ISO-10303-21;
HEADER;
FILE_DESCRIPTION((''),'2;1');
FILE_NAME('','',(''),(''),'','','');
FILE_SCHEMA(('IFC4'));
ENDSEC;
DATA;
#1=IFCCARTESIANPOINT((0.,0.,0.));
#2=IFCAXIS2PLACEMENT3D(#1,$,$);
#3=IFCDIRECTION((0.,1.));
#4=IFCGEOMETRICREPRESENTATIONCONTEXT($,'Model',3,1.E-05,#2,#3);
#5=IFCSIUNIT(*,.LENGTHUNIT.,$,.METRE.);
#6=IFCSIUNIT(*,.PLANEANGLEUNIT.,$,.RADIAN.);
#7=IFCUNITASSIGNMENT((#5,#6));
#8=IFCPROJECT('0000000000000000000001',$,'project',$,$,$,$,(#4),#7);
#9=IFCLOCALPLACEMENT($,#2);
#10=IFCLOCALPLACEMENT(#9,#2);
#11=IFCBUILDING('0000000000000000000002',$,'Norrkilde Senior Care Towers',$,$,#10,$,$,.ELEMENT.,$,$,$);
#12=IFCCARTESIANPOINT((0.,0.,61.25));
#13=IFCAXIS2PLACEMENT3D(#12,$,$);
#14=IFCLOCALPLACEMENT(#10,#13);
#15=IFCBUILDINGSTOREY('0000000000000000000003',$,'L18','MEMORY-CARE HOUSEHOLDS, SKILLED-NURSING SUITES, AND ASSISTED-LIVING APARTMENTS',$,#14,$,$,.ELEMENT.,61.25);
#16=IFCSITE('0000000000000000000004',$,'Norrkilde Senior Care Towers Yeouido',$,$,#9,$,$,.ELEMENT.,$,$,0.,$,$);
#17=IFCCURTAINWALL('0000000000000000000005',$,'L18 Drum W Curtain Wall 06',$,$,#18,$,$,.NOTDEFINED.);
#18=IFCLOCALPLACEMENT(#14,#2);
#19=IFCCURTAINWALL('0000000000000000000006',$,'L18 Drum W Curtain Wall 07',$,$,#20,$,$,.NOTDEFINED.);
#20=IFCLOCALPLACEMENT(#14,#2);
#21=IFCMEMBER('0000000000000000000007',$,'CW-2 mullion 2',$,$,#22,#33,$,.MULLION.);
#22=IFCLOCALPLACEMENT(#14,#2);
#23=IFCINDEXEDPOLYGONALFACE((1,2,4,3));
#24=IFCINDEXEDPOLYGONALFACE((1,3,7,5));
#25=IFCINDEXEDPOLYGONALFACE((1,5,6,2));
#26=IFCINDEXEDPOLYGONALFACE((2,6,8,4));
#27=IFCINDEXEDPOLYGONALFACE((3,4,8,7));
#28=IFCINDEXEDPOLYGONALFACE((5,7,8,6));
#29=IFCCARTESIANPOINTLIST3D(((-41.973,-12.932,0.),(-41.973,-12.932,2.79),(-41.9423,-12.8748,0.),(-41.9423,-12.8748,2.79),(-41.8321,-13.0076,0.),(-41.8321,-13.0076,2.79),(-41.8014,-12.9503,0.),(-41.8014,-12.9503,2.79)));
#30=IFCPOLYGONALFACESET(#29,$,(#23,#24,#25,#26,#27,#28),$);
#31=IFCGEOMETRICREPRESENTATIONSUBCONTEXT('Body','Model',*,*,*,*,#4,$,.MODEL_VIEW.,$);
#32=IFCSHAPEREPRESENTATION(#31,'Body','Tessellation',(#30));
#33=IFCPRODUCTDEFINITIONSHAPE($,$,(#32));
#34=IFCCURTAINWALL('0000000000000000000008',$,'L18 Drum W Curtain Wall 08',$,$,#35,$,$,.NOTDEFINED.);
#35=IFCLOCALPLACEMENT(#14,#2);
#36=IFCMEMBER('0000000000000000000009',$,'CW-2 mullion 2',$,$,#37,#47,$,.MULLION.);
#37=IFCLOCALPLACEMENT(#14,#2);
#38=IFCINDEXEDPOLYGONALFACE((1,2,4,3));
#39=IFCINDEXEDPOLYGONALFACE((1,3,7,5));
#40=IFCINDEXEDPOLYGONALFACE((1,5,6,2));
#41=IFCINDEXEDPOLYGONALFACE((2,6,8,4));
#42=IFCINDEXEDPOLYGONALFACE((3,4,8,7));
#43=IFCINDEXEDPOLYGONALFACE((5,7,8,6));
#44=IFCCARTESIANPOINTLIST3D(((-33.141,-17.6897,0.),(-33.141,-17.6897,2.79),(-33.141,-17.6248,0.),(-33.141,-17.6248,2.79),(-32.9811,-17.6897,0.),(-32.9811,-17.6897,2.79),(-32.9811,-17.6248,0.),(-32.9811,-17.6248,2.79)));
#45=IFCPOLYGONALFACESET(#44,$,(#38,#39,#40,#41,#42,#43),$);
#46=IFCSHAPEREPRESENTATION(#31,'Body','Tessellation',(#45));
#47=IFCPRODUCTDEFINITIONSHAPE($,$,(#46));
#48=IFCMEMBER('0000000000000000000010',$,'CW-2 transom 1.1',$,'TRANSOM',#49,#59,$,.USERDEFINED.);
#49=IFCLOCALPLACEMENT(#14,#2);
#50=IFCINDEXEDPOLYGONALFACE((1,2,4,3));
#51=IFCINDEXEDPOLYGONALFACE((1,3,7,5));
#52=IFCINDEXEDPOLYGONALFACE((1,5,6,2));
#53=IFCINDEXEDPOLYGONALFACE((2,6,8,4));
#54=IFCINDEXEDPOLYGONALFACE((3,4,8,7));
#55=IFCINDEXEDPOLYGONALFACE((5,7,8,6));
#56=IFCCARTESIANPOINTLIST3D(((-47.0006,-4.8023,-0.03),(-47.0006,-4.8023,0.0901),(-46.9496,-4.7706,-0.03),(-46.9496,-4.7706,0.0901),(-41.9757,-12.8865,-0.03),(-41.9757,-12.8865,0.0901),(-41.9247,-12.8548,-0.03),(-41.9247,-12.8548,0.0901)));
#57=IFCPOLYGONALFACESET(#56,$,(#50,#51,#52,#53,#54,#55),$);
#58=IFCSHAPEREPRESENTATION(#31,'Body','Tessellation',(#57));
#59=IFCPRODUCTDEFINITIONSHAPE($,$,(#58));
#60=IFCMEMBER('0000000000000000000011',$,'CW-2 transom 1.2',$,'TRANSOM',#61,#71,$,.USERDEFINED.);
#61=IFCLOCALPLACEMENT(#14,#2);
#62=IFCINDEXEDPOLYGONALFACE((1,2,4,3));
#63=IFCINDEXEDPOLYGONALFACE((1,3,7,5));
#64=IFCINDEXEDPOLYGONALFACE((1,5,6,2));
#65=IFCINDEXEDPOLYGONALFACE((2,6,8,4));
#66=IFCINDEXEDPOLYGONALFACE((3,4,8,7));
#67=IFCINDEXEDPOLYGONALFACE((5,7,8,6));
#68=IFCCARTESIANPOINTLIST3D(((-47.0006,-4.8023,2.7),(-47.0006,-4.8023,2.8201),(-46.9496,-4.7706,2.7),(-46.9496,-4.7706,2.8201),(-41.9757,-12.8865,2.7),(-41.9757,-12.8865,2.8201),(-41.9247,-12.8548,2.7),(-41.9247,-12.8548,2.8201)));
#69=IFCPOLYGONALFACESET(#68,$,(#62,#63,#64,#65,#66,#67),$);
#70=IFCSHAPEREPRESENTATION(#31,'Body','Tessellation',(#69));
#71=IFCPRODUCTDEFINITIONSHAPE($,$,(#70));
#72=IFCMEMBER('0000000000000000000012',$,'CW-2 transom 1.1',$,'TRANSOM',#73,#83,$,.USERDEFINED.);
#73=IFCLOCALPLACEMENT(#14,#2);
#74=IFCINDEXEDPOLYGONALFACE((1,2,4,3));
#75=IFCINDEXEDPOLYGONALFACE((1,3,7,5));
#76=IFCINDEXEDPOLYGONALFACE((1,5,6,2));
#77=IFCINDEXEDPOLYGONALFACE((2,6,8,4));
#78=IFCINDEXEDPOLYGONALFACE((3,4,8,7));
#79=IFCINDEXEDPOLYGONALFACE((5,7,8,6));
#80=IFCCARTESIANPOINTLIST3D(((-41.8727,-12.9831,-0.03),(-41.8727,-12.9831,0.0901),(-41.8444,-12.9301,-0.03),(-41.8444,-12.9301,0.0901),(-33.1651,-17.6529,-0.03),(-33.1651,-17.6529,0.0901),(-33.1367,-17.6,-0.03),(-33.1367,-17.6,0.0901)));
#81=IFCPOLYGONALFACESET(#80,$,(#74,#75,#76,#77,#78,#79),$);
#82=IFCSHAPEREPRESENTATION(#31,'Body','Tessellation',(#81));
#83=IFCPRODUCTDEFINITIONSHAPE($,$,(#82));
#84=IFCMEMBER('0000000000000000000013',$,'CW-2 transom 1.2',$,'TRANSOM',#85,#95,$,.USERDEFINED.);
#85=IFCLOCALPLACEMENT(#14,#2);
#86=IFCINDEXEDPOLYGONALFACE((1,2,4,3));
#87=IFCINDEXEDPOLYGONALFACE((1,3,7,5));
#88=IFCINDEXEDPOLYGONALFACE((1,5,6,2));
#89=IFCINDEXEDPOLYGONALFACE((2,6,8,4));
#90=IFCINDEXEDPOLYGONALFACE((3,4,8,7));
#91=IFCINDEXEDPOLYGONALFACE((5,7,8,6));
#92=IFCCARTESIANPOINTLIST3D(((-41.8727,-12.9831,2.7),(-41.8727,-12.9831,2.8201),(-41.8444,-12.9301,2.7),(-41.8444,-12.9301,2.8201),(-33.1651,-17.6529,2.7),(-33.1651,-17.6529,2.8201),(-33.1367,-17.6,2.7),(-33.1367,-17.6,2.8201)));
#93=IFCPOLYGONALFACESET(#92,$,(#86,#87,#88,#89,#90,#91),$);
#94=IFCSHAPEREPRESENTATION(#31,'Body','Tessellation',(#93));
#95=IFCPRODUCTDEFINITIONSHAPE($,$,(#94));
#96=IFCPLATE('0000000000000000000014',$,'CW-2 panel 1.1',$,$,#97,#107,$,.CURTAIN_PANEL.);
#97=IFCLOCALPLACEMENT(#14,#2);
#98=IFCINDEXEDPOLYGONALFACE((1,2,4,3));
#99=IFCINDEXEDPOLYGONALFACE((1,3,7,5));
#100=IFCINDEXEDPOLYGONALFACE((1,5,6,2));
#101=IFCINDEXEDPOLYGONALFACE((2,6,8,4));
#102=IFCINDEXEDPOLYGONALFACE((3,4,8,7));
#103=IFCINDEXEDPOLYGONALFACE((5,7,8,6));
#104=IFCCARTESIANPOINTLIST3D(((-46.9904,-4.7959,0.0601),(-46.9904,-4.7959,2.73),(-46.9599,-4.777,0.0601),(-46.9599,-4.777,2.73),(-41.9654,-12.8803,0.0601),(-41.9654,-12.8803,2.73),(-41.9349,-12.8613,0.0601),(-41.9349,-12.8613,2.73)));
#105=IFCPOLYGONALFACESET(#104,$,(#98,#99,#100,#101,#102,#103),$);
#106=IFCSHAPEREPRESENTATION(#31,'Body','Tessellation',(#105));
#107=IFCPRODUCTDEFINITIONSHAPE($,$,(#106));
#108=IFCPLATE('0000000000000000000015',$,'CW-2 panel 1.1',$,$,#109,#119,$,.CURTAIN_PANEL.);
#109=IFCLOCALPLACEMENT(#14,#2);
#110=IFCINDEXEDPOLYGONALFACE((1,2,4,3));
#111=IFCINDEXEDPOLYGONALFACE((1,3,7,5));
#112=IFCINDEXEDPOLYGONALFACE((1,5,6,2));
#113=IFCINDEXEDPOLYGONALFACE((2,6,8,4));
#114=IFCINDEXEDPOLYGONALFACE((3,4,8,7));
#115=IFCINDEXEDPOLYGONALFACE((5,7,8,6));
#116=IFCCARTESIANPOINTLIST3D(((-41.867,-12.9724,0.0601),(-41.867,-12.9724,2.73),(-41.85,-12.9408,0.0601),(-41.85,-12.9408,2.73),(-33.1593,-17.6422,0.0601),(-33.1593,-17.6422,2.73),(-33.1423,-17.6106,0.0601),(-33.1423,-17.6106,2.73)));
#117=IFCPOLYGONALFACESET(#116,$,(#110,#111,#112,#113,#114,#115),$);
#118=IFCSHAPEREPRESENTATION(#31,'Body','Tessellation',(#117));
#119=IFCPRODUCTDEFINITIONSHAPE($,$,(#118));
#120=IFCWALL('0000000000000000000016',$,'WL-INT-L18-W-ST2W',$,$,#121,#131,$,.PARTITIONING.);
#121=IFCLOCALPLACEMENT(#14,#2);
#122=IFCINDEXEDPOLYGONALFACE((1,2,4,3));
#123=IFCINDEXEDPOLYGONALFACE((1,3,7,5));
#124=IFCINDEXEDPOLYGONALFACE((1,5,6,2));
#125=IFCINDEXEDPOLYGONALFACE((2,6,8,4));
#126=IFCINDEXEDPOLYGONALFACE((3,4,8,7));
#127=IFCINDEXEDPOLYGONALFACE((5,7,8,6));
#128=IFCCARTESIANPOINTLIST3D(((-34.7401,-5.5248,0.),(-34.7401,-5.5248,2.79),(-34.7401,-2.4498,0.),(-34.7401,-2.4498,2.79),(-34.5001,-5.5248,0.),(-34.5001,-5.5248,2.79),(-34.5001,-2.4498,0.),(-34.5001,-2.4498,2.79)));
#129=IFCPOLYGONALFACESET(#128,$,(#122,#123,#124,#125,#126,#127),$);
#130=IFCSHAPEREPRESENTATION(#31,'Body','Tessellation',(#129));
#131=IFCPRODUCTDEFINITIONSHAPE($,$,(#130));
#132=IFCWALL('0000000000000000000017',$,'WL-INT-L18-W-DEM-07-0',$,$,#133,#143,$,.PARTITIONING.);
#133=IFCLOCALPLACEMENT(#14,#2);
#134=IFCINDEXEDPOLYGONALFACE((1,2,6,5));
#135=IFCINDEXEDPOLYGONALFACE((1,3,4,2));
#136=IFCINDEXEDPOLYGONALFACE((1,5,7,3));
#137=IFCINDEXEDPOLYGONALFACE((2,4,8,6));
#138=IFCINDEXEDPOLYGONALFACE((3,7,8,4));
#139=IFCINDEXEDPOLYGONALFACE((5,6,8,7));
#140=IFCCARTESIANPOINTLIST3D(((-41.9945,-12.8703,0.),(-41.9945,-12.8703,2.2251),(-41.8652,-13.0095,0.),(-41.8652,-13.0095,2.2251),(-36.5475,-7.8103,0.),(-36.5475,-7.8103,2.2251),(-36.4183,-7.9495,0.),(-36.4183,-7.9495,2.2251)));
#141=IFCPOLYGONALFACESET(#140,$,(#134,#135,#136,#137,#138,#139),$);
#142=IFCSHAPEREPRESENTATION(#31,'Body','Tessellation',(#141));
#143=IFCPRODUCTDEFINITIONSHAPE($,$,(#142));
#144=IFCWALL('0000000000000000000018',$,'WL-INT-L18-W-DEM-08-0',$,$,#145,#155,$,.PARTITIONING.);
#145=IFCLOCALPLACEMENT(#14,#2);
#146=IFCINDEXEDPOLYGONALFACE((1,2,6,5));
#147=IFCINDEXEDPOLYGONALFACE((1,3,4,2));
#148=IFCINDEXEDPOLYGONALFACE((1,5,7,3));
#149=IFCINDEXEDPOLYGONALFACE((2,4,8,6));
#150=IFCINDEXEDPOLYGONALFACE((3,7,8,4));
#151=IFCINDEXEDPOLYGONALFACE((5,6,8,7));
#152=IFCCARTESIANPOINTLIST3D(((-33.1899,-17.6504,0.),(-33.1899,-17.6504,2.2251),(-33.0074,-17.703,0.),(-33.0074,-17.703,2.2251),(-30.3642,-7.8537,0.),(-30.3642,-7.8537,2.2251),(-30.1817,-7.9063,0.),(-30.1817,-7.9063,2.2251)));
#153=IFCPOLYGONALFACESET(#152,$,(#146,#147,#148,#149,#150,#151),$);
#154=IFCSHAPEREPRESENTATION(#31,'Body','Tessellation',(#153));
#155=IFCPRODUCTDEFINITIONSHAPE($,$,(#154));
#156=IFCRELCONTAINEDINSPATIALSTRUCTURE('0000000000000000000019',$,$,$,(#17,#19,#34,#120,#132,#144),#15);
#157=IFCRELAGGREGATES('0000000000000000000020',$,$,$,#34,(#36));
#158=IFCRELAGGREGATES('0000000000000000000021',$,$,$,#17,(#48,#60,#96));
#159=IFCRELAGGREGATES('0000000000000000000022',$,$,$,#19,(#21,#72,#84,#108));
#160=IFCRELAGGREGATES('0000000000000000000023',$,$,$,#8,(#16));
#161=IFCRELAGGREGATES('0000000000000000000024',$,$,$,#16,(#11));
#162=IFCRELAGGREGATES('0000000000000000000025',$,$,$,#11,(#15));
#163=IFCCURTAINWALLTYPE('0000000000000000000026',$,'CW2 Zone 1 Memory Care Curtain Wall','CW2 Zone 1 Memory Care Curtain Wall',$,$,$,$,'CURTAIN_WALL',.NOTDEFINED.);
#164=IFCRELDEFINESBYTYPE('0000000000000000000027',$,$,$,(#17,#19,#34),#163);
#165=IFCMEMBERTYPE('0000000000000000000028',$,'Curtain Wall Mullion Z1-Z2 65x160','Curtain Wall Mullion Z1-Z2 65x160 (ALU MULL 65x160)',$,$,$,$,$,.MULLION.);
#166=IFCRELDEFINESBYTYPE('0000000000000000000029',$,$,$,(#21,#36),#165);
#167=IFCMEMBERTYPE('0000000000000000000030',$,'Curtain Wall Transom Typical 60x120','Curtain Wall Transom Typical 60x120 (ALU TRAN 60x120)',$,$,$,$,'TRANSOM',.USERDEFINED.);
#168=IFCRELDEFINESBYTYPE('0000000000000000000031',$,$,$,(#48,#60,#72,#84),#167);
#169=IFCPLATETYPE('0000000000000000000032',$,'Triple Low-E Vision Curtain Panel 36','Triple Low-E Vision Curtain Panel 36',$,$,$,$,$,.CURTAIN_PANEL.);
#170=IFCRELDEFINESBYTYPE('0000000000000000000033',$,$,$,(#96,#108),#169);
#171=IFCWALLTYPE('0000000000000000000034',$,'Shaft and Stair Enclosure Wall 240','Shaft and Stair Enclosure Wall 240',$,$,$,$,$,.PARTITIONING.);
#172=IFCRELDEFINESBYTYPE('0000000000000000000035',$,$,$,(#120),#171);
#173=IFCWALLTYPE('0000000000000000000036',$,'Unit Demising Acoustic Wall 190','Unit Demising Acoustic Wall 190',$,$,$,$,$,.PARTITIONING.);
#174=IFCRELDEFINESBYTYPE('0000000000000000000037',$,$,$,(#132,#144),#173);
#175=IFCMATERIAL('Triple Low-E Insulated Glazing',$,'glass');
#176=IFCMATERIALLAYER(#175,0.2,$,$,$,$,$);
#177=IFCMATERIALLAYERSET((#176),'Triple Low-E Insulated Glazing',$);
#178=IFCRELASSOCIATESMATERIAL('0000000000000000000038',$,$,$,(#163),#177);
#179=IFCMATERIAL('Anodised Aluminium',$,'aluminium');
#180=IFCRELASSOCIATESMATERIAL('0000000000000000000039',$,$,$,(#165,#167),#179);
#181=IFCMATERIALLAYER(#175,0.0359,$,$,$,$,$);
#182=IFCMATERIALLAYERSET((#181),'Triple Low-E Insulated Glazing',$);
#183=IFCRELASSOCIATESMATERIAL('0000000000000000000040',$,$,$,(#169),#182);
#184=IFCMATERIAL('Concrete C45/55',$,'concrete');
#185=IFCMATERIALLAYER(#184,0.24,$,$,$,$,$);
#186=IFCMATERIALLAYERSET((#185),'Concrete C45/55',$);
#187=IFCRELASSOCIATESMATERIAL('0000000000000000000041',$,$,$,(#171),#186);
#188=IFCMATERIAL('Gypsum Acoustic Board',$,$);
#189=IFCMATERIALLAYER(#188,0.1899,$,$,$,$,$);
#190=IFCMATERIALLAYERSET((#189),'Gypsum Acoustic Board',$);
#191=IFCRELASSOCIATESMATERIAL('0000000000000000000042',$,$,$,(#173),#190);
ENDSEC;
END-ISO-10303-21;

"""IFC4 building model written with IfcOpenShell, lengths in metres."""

from ifc_helpers import new_model, si_unit, direction, frame, frame_2d, origin, origin_2d, place, context, subcontext, project, spatial, rectangle, extrude, source, transform, mapped, material, layer, layer_set, material_profile, profile_set, type_object, type_shapes, element, aggregate, save


model = new_model("IFC4")

# Units and contexts
model_context = context("Model", 3, precision=1e-05, world=origin(), true_north=direction((0.0, 1.0)))
body_context = subcontext(model_context, "Body", "Model", "MODEL_VIEW")
ifc_project = project(units=[si_unit("LENGTHUNIT", "METRE"), si_unit("PLANEANGLEUNIT", "RADIAN")], contexts=[model_context])

# Site, building, storey
site_placement = place(None, origin())
site = spatial("IfcSite", under=ifc_project, at=site_placement, Name="Norrkilde Senior Care Towers Yeouido", CompositionType="ELEMENT", RefElevation=0.0)
building_placement = place(site_placement, origin())
building = spatial("IfcBuilding", under=site, at=building_placement, Name="Norrkilde Senior Care Towers", CompositionType="ELEMENT")
storey_placement = place(building_placement, frame((0.0, 0.0, 61.25)))
storey = spatial("IfcBuildingStorey", under=building, at=storey_placement, Name="L18", Description="MEMORY-CARE HOUSEHOLDS, SKILLED-NURSING SUITES, AND ASSISTED-LIVING APARTMENTS", CompositionType="ELEMENT", Elevation=61.25)

# Curtain wall
ifc_material_1 = material(Name="Triple Low-E Insulated Glazing", Category="glass")
ifc_layer_1 = layer(ifc_material_1, 0.2)
ifc_layer_set_1 = layer_set([ifc_layer_1], Name="Triple Low-E Insulated Glazing")
curtain_wall_type = type_object("IfcCurtainWallType", Name="CW2 Zone 1 Memory Care Curtain Wall", Description="CW2 Zone 1 Memory Care Curtain Wall", ElementType="CURTAIN_WALL", PredefinedType="NOTDEFINED", material=ifc_layer_set_1)
curtain_wall_1_placement = place(storey_placement, origin())
curtain_wall_1 = element("IfcCurtainWall", 1, at=curtain_wall_1_placement, inside=storey, type_object=curtain_wall_type, Name="L18 Drum W Curtain Wall 06", PredefinedType="NOTDEFINED")
ifc_material_2 = material(Name="Anodised Aluminium", Category="aluminium")
ifc_material_profile_1 = material_profile(ifc_material_2, rectangle(XDim=0.0649, YDim=0.1599, at=origin_2d()), Name="ALU MULL 65x160")
ifc_profile_set_1 = profile_set([ifc_material_profile_1], Name="Anodised Aluminium")
member_type_1 = type_object("IfcMemberType", Name="Curtain Wall Mullion Z1-Z2 65x160", Description="Curtain Wall Mullion Z1-Z2 65x160 (ALU MULL 65x160)", PredefinedType="MULLION", material=ifc_profile_set_1)
shared_shape_1 = source(origin(), body_context, "Body", "SweptSolid", [
    extrude(rectangle(XDim=0.0649, YDim=0.1599, at=origin_2d()), origin(), (0.0, 0.0, 1.0), 2.79),
])
type_shapes(member_type_1, [shared_shape_1])

# Curtain wall, member
curtain_wall_2_placement = place(storey_placement, origin())
curtain_wall_2 = element("IfcCurtainWall", 2, at=curtain_wall_2_placement, inside=storey, type_object=curtain_wall_type, Name="L18 Drum W Curtain Wall 07", PredefinedType="NOTDEFINED")
member_1_placement = place(storey_placement, frame((-41.8872, -12.9412, 0.0), z_axis=(0.0, 0.0, 1.0), x_axis=(-0.472608, -0.881273, 0.0)))
member_1 = element("IfcMember", 3, at=member_1_placement, type_object=member_type_1, Name="CW-2 mullion 2", PredefinedType="MULLION", context=body_context, shape_type="MappedRepresentation", body=[
    mapped(shared_shape_1, transform((0.0, 0.0, 0.0), x_axis=(1.0, 0.0, 0.0), y_axis=(0.0, 1.0, 0.0), z_axis=(0.0, 0.0, 1.0), scale=1.0)),
])

# Curtain wall, member
curtain_wall_3_placement = place(storey_placement, origin())
curtain_wall_3 = element("IfcCurtainWall", 4, at=curtain_wall_3_placement, inside=storey, type_object=curtain_wall_type, Name="L18 Drum W Curtain Wall 08", PredefinedType="NOTDEFINED")
member_2_placement = place(storey_placement, frame((-33.061, -17.6572, 0.0), z_axis=(0.0, 0.0, 1.0), x_axis=(0.0, -1.0, 0.0)))
member_2 = element("IfcMember", 5, at=member_2_placement, type_object=member_type_1, Name="CW-2 mullion 2", PredefinedType="MULLION", context=body_context, shape_type="MappedRepresentation", body=[
    mapped(shared_shape_1, transform((0.0, 0.0, 0.0), x_axis=(1.0, 0.0, 0.0), y_axis=(0.0, 1.0, 0.0), z_axis=(0.0, 0.0, 1.0), scale=1.0)),
])
aggregate(curtain_wall_3, [member_2])

# Members
ifc_material_profile_2 = material_profile(ifc_material_2, rectangle(XDim=0.0601, YDim=0.1201, at=origin_2d()), Name="ALU TRAN 60x120")
ifc_profile_set_2 = profile_set([ifc_material_profile_2], Name="Anodised Aluminium")
member_type_2 = type_object("IfcMemberType", Name="Curtain Wall Transom Typical 60x120", Description="Curtain Wall Transom Typical 60x120 (ALU TRAN 60x120)", ElementType="TRANSOM", PredefinedType="USERDEFINED", material=ifc_profile_set_2)
shared_shape_2 = source(origin(), body_context, "Body", "SweptSolid", [
    extrude(rectangle(XDim=0.0601, YDim=0.1201, at=origin_2d()), origin(), (0.0, 0.0, 1.0), 9.5186),
])
member_3_placement = place(storey_placement, frame((-41.9502, -12.8706, 0.03), z_axis=(-0.527902, 0.849306, 0.0), x_axis=(-0.849306, -0.527902, 0.0)))
member_3 = element("IfcMember", 6, at=member_3_placement, type_object=member_type_2, Name="CW-2 transom 1.1", ObjectType="TRANSOM", PredefinedType="USERDEFINED", context=body_context, shape_type="MappedRepresentation", body=[
    mapped(shared_shape_2, transform((0.0, 0.0, 0.0), x_axis=(1.0, 0.0, 0.0), y_axis=(0.0, 1.0, 0.0), z_axis=(0.0, 0.0, 1.0), scale=1.0)),
])
member_4_placement = place(storey_placement, frame((-41.9502, -12.8706, 2.76), z_axis=(-0.527902, 0.849306, 0.0), x_axis=(-0.849306, -0.527902, 0.0)))
member_4 = element("IfcMember", 7, at=member_4_placement, type_object=member_type_2, Name="CW-2 transom 1.2", ObjectType="TRANSOM", PredefinedType="USERDEFINED", context=body_context, shape_type="MappedRepresentation", body=[
    mapped(shared_shape_2, transform((0.0, 0.0, 0.0), x_axis=(1.0, 0.0, 0.0), y_axis=(0.0, 1.0, 0.0), z_axis=(0.0, 0.0, 1.0), scale=1.0)),
])
shared_shape_3 = source(origin(), body_context, "Body", "SweptSolid", [
    extrude(rectangle(XDim=0.0601, YDim=0.1201, at=origin_2d()), origin(), (0.0, 0.0, 1.0), 9.8809),
])
type_shapes(member_type_2, [shared_shape_2, shared_shape_3])
member_5_placement = place(storey_placement, frame((-33.1509, -17.6265, 0.03), z_axis=(-0.881267, 0.472618, 0.0), x_axis=(-0.472618, -0.881267, 0.0)))
member_5 = element("IfcMember", 8, at=member_5_placement, type_object=member_type_2, Name="CW-2 transom 1.1", ObjectType="TRANSOM", PredefinedType="USERDEFINED", context=body_context, shape_type="MappedRepresentation", body=[
    mapped(shared_shape_3, transform((0.0, 0.0, 0.0), x_axis=(1.0, 0.0, 0.0), y_axis=(0.0, 1.0, 0.0), z_axis=(0.0, 0.0, 1.0), scale=1.0)),
])
member_6_placement = place(storey_placement, frame((-33.1509, -17.6265, 2.76), z_axis=(-0.881267, 0.472618, 0.0), x_axis=(-0.472618, -0.881267, 0.0)))
member_6 = element("IfcMember", 9, at=member_6_placement, type_object=member_type_2, Name="CW-2 transom 1.2", ObjectType="TRANSOM", PredefinedType="USERDEFINED", context=body_context, shape_type="MappedRepresentation", body=[
    mapped(shared_shape_3, transform((0.0, 0.0, 0.0), x_axis=(1.0, 0.0, 0.0), y_axis=(0.0, 1.0, 0.0), z_axis=(0.0, 0.0, 1.0), scale=1.0)),
])

# Plates
ifc_layer_2 = layer(ifc_material_1, 0.0359)
ifc_layer_set_2 = layer_set([ifc_layer_2], Name="Triple Low-E Insulated Glazing")
plate_type = type_object("IfcPlateType", Name="Triple Low-E Vision Curtain Panel 36", Description="Triple Low-E Vision Curtain Panel 36", PredefinedType="CURTAIN_PANEL", material=ifc_layer_set_2)
shared_shape_4 = source(origin(), body_context, "Body", "SweptSolid", [
    extrude(rectangle(XDim=9.5188, YDim=0.0359, at=origin_2d()), origin(), (0.0, 0.0, 1.0), 2.6699),
])
plate_1_placement = place(storey_placement, frame((-44.4626, -8.8286, 0.0601), z_axis=(0.0, 0.0, 1.0), x_axis=(-0.527901, 0.849306, 0.0)))
plate_1 = element("IfcPlate", 10, at=plate_1_placement, type_object=plate_type, Name="CW-2 panel 1.1", PredefinedType="CURTAIN_PANEL", context=body_context, shape_type="MappedRepresentation", body=[
    mapped(shared_shape_4, transform((0.0, 0.0, 0.0), x_axis=(1.0, 0.0, 0.0), y_axis=(0.0, 1.0, 0.0), z_axis=(0.0, 0.0, 1.0), scale=1.0)),
])
aggregate(curtain_wall_1, [member_3, member_4, plate_1])
shared_shape_5 = source(origin(), body_context, "Body", "SweptSolid", [
    extrude(rectangle(XDim=9.8809, YDim=0.0359, at=origin_2d()), origin(), (0.0, 0.0, 1.0), 2.6699),
])
type_shapes(plate_type, [shared_shape_4, shared_shape_5])
plate_2_placement = place(storey_placement, frame((-37.5046, -15.2915, 0.0601), z_axis=(0.0, 0.0, 1.0), x_axis=(-0.881273, 0.472608, 0.0)))
plate_2 = element("IfcPlate", 11, at=plate_2_placement, type_object=plate_type, Name="CW-2 panel 1.1", PredefinedType="CURTAIN_PANEL", context=body_context, shape_type="MappedRepresentation", body=[
    mapped(shared_shape_5, transform((0.0, 0.0, 0.0), x_axis=(1.0, 0.0, 0.0), y_axis=(0.0, 1.0, 0.0), z_axis=(0.0, 0.0, 1.0), scale=1.0)),
])
aggregate(curtain_wall_2, [member_1, member_5, member_6, plate_2])

# Shared definitions
ifc_material_3 = material(Name="Gypsum Acoustic Board")

# Walls
ifc_material_4 = material(Name="Concrete C45/55", Category="concrete")
ifc_layer_3 = layer(ifc_material_4, 0.24)
ifc_layer_set_3 = layer_set([ifc_layer_3], Name="Concrete C45/55")
wall_type_1 = type_object("IfcWallType", Name="Shaft and Stair Enclosure Wall 240", Description="Shaft and Stair Enclosure Wall 240", PredefinedType="PARTITIONING", material=ifc_layer_set_3)
shared_shape_6 = source(origin(), body_context, "Body", "SweptSolid", [
    extrude(rectangle(XDim=3.075, YDim=0.24, at=frame_2d((1.5376, 0.0))), origin(), (0.0, 0.0, 1.0), 2.79),
])
type_shapes(wall_type_1, [shared_shape_6])
wall_1_placement = place(storey_placement, frame((-34.6201, -5.5249, 0.0), z_axis=(0.0, 0.0, 1.0), x_axis=(0.0, 1.0, 0.0)))
element("IfcWall", 12, at=wall_1_placement, inside=storey, type_object=wall_type_1, Name="WL-INT-L18-W-ST2W", PredefinedType="PARTITIONING", context=body_context, shape_type="MappedRepresentation", body=[
    mapped(shared_shape_6, transform((0.0, 0.0, 0.0), x_axis=(1.0, 0.0, 0.0), y_axis=(0.0, 1.0, 0.0), z_axis=(0.0, 0.0, 1.0), scale=1.0)),
])
ifc_layer_4 = layer(ifc_material_3, 0.1899)
ifc_layer_set_4 = layer_set([ifc_layer_4], Name="Gypsum Acoustic Board")
wall_type_2 = type_object("IfcWallType", Name="Unit Demising Acoustic Wall 190", Description="Unit Demising Acoustic Wall 190", PredefinedType="PARTITIONING", material=ifc_layer_set_4)
shared_shape_7 = source(origin(), body_context, "Body", "SweptSolid", [
    extrude(rectangle(XDim=7.4346, YDim=0.1899, at=frame_2d((3.7173, 0.0))), origin(), (0.0, 0.0, 1.0), 2.2251),
])
wall_2_placement = place(storey_placement, frame((-36.4829, -7.8799, 0.0), z_axis=(0.0, 0.0, 1.0), x_axis=(-0.732652, -0.680603, 0.0)))
element("IfcWall", 13, at=wall_2_placement, inside=storey, type_object=wall_type_2, Name="WL-INT-L18-W-DEM-07-0", PredefinedType="PARTITIONING", context=body_context, shape_type="MappedRepresentation", body=[
    mapped(shared_shape_7, transform((0.0, 0.0, 0.0), x_axis=(1.0, 0.0, 0.0), y_axis=(0.0, 1.0, 0.0), z_axis=(0.0, 0.0, 1.0), scale=1.0)),
])
shared_shape_8 = source(origin(), body_context, "Body", "SweptSolid", [
    extrude(rectangle(XDim=10.196, YDim=0.1899, at=frame_2d((5.0981, 0.0))), origin(), (0.0, 0.0, 1.0), 2.2251),
])
type_shapes(wall_type_2, [shared_shape_7, shared_shape_8])
wall_3_placement = place(storey_placement, frame((-30.2729, -7.8799, 0.0), z_axis=(0.0, 0.0, 1.0), x_axis=(-0.277136, -0.960831, 0.0)))
element("IfcWall", 14, at=wall_3_placement, inside=storey, type_object=wall_type_2, Name="WL-INT-L18-W-DEM-08-0", PredefinedType="PARTITIONING", context=body_context, shape_type="MappedRepresentation", body=[
    mapped(shared_shape_8, transform((0.0, 0.0, 0.0), x_axis=(1.0, 0.0, 0.0), y_axis=(0.0, 1.0, 0.0), z_axis=(0.0, 0.0, 1.0), scale=1.0)),
])

save(model, "model.ifc")
